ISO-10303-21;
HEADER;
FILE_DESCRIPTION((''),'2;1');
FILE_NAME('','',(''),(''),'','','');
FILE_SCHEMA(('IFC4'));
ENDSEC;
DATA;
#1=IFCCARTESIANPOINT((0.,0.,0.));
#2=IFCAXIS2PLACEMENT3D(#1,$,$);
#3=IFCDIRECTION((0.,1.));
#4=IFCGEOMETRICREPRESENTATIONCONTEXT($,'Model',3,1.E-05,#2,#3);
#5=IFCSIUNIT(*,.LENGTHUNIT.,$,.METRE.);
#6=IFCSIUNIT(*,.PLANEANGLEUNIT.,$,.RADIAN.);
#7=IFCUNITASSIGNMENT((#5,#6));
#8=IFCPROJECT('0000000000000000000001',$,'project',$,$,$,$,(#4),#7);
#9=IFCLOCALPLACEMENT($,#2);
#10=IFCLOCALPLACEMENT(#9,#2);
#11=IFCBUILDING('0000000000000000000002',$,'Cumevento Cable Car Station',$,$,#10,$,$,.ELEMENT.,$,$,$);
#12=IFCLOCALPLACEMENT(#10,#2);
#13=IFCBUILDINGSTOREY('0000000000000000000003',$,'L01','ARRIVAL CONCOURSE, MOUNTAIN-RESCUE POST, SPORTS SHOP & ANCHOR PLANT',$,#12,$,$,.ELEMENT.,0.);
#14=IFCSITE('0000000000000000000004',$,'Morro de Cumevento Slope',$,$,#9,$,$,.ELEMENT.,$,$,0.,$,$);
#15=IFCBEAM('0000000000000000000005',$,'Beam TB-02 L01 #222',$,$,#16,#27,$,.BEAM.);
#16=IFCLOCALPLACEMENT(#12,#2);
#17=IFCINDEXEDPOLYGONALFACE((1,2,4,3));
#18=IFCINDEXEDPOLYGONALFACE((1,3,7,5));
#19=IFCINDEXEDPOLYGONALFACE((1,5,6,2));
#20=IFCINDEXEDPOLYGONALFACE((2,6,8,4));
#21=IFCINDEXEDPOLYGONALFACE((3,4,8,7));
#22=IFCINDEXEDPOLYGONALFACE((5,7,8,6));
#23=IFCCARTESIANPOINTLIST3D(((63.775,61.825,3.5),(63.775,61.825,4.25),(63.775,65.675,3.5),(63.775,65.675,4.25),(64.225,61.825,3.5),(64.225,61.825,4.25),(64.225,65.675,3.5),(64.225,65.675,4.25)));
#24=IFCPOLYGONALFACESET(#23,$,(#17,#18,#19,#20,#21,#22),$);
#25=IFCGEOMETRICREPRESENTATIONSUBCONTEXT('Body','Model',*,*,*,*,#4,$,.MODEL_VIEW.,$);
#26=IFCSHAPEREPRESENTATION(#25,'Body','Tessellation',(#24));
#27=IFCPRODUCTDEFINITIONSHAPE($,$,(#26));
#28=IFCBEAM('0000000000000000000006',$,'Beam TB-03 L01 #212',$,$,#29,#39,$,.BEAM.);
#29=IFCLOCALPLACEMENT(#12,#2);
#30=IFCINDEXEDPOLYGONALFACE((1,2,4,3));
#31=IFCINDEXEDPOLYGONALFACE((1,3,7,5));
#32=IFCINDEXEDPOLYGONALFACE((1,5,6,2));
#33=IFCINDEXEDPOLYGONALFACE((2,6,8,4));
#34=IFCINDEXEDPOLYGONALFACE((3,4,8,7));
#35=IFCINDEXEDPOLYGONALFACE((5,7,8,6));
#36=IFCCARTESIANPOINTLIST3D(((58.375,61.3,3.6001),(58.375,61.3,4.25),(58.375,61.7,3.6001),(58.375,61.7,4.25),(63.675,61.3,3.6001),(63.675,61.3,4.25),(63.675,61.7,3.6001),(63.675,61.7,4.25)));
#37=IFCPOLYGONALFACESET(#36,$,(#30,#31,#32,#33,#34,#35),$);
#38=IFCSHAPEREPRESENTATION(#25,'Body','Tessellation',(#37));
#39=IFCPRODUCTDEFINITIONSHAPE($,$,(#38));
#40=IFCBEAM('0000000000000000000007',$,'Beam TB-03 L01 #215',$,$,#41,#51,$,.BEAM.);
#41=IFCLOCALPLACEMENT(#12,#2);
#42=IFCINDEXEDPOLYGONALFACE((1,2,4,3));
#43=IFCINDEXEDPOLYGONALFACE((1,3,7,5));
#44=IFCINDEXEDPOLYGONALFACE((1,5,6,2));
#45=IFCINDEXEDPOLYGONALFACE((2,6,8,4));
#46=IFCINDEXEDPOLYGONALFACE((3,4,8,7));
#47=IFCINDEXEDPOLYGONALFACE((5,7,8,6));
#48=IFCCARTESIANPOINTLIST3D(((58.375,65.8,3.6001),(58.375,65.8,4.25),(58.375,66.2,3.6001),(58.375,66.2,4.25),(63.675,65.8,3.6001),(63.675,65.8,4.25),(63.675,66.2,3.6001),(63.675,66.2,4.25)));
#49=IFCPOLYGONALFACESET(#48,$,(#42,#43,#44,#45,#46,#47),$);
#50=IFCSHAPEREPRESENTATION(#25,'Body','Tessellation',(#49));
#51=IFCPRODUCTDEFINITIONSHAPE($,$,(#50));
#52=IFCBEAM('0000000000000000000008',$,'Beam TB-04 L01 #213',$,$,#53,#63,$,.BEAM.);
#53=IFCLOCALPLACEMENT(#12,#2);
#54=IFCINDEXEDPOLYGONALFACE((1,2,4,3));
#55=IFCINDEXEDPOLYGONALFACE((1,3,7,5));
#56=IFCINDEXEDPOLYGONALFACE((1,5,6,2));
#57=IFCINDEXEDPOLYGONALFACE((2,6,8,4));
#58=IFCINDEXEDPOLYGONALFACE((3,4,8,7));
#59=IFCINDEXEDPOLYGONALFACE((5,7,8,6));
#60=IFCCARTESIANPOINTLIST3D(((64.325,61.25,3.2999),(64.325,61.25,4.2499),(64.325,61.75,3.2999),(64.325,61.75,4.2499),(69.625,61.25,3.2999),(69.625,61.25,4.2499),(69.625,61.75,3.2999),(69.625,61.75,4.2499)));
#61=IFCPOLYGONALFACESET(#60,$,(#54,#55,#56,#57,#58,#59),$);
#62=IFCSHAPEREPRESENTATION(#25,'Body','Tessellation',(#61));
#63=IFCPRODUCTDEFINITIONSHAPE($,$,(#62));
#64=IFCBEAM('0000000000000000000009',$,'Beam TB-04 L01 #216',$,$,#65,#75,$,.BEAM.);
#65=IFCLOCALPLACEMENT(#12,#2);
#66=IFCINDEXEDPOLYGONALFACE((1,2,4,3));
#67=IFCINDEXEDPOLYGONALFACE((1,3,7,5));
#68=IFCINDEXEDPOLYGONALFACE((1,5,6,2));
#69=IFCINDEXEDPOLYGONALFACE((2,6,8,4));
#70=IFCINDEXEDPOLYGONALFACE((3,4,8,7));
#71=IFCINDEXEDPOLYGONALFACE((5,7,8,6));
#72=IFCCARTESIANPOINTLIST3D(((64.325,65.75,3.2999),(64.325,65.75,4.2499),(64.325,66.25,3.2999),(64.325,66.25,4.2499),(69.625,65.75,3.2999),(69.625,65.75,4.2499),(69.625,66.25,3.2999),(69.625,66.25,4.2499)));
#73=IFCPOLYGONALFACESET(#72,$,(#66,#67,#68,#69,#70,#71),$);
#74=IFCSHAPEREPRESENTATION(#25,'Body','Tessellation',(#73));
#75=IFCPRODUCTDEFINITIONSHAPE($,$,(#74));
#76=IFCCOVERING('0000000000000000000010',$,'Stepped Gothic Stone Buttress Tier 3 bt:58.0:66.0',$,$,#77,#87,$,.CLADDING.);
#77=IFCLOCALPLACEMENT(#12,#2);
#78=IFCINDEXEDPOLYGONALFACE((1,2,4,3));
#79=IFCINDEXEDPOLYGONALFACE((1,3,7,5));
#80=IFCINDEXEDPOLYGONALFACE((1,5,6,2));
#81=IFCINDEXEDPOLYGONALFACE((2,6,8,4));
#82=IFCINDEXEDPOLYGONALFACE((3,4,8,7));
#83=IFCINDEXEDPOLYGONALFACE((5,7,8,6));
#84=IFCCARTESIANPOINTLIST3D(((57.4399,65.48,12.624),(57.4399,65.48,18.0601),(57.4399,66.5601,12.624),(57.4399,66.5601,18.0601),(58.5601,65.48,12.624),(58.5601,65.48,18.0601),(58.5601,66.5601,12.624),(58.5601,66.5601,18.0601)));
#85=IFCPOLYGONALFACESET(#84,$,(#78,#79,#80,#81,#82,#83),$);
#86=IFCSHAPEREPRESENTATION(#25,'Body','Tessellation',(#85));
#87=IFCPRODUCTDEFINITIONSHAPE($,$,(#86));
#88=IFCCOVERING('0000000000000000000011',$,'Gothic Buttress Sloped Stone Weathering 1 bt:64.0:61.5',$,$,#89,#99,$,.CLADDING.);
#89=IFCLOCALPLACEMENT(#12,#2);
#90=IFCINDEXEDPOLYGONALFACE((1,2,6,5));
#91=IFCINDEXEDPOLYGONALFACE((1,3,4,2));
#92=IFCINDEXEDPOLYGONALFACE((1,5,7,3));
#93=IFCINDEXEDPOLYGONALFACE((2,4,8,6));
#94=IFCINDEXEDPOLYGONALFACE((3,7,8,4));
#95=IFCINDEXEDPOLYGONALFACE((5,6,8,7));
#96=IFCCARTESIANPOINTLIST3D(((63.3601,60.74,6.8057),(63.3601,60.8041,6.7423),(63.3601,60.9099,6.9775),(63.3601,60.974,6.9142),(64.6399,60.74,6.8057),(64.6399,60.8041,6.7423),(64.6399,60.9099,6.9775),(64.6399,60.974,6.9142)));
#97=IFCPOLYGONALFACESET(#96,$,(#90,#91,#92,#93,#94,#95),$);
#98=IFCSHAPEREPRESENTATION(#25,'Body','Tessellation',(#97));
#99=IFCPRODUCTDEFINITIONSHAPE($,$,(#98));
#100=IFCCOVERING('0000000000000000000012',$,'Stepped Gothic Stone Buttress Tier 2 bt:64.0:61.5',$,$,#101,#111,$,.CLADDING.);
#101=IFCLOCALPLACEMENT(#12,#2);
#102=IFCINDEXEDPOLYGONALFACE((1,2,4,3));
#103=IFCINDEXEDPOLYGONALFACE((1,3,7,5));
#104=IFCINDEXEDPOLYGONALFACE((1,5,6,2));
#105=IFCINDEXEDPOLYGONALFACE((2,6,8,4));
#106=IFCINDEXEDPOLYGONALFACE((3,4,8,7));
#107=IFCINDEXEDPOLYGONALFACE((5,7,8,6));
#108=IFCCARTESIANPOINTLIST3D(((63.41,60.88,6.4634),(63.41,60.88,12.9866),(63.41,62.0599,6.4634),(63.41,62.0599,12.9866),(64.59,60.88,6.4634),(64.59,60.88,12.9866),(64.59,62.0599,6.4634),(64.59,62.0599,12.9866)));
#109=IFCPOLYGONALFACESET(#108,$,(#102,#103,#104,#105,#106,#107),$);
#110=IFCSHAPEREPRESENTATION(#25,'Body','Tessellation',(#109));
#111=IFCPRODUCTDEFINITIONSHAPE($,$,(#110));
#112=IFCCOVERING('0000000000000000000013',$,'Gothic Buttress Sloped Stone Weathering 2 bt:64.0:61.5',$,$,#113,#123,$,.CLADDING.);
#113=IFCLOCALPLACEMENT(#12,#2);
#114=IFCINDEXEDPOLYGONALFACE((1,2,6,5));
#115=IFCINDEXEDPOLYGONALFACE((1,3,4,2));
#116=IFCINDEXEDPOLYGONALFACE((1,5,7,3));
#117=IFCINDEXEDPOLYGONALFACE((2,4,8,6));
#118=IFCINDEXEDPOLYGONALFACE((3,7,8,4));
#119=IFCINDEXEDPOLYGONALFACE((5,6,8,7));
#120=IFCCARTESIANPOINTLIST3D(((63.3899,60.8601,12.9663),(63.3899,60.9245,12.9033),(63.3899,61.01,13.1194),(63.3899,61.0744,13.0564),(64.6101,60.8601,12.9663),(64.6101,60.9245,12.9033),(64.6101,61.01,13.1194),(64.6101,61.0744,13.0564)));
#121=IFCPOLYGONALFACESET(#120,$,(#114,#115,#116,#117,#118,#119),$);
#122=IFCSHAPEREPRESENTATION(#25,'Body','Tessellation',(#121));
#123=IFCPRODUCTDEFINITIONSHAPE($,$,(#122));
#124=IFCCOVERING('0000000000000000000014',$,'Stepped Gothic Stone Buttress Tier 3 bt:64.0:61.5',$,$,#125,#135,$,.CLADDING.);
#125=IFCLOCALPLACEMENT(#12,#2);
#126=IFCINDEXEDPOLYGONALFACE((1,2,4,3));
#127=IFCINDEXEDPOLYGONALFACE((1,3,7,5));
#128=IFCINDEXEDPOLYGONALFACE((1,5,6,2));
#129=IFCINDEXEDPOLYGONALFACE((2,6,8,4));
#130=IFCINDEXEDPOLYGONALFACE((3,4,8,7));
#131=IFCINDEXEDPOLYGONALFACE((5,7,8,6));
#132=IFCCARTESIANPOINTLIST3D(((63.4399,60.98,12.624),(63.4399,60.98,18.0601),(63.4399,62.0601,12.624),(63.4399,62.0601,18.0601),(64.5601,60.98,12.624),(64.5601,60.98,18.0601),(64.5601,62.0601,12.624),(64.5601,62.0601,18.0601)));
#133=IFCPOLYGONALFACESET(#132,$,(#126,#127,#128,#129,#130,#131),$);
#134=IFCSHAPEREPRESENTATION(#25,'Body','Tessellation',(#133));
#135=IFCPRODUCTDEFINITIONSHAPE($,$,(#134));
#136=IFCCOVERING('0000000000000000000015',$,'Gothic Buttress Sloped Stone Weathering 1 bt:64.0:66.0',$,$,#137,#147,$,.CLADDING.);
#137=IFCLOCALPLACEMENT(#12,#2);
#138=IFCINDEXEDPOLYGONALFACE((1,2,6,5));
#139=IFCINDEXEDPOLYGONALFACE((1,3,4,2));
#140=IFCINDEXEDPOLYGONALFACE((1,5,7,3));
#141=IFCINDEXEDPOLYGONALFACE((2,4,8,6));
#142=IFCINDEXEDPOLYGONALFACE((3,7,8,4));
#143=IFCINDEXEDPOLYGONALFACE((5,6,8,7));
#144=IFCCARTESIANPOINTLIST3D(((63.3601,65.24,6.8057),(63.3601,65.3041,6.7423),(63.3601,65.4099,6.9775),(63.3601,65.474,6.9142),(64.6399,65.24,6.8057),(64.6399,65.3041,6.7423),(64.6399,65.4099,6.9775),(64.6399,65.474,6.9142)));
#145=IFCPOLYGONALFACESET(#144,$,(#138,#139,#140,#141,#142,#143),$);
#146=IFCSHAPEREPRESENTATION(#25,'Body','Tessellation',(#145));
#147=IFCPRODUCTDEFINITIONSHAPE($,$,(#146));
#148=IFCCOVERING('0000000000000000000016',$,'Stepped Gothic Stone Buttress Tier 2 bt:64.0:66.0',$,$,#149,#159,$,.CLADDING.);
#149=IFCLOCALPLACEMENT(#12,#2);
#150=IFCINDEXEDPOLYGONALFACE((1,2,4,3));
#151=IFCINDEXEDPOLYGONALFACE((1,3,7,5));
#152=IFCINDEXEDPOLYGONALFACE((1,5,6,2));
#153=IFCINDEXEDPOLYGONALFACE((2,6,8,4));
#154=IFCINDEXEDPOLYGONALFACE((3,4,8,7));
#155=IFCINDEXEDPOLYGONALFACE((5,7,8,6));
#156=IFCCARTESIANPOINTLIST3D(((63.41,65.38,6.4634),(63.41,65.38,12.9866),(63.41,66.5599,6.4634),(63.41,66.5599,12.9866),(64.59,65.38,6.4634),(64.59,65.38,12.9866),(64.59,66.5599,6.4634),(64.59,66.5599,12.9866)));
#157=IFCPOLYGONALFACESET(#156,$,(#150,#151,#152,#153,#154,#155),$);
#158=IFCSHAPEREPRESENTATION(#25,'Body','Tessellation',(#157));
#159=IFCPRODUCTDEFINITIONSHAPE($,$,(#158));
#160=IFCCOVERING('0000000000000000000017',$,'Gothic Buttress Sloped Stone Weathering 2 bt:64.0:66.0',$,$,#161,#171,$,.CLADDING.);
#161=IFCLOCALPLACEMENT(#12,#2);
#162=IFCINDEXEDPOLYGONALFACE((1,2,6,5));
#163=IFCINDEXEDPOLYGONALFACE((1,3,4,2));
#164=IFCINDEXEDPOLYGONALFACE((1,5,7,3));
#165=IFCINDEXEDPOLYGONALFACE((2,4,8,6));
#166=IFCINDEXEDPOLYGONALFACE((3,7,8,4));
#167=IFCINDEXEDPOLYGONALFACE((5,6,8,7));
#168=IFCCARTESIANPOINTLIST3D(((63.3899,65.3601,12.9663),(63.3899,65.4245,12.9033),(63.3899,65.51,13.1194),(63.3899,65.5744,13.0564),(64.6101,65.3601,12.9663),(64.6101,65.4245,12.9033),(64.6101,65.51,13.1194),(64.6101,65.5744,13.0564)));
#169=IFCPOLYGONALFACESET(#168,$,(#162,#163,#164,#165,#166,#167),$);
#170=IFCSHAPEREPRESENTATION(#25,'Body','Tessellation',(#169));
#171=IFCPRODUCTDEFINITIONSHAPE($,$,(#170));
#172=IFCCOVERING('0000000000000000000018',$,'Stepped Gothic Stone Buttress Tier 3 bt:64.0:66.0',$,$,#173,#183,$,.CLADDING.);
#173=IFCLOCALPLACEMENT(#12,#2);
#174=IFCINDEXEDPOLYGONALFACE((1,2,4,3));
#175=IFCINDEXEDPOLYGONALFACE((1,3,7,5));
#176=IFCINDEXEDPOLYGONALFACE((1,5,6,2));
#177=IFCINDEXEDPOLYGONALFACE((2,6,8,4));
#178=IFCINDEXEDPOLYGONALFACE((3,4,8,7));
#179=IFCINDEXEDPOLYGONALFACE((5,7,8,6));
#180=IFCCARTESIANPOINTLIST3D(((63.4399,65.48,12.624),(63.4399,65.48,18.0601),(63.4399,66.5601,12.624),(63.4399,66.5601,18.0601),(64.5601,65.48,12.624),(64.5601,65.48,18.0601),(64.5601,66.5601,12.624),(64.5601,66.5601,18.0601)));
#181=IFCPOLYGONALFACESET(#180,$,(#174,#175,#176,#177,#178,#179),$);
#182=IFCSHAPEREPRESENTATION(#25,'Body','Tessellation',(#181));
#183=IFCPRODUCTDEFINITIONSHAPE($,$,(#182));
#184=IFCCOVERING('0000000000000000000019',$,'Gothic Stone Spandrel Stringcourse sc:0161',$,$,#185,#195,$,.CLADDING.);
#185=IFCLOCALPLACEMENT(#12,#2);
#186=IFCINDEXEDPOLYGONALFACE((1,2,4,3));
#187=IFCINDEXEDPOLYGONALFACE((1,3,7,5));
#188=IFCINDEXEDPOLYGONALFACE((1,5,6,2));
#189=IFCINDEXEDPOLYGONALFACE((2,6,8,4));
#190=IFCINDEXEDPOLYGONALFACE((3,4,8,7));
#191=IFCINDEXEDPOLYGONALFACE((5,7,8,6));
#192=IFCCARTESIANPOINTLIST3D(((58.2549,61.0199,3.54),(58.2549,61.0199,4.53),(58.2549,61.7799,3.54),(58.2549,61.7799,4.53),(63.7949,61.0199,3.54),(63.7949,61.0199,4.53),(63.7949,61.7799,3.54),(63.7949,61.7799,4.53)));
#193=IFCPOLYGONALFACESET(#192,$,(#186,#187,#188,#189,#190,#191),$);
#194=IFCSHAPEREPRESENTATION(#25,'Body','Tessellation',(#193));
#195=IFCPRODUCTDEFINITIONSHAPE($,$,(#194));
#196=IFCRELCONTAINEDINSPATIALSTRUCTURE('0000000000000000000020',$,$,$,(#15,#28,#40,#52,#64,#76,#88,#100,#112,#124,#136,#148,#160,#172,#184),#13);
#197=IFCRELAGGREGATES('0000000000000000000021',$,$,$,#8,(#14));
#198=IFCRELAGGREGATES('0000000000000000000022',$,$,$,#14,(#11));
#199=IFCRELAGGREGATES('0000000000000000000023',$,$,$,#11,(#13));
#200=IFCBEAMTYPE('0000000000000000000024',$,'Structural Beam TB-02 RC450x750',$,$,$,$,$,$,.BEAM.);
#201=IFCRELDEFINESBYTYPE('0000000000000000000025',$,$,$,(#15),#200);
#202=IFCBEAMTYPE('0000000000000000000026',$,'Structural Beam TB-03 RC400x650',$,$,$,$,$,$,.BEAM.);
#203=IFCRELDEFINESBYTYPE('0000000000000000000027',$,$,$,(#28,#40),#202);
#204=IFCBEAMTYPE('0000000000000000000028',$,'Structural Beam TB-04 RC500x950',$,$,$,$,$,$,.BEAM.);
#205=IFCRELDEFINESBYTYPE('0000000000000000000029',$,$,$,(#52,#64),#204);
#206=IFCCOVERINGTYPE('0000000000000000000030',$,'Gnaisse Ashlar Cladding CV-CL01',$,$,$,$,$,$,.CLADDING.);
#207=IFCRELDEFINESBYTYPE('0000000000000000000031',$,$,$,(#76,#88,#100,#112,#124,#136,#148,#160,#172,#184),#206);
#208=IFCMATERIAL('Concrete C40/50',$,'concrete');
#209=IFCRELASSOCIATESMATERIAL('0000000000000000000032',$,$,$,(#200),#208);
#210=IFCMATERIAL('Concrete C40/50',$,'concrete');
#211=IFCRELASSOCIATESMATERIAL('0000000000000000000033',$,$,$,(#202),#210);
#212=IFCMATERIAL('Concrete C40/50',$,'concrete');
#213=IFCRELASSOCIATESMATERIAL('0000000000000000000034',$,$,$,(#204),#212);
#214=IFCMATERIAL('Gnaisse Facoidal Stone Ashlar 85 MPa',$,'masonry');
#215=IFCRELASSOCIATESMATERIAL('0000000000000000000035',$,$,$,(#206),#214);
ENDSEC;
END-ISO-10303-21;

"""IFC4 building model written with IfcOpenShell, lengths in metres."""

from ifc_helpers import new_model, si_unit, direction, frame, origin, origin_2d, place, context, subcontext, project, spatial, polyline, rectangle, outline, extrude, material, material_profile, profile_set, type_object, element, save


model = new_model("IFC4")

# Units and contexts
model_context = context("Model", 3, precision=1e-05, world=origin(), true_north=direction((0.0, 1.0)))
body_context = subcontext(model_context, "Body", "Model", "MODEL_VIEW")
ifc_project = project(units=[si_unit("LENGTHUNIT", "METRE"), si_unit("PLANEANGLEUNIT", "RADIAN")], contexts=[model_context])

# Site, building, storey
site_placement = place(None, origin())
site = spatial("IfcSite", under=ifc_project, at=site_placement, Name="Morro de Cumevento Slope", CompositionType="ELEMENT", RefElevation=0.0)
building_placement = place(site_placement, origin())
building = spatial("IfcBuilding", under=site, at=building_placement, Name="Cumevento Cable Car Station", CompositionType="ELEMENT")
storey_placement = place(building_placement, origin())
storey = spatial("IfcBuildingStorey", under=building, at=storey_placement, Name="L01", Description="ARRIVAL CONCOURSE, MOUNTAIN-RESCUE POST, SPORTS SHOP & ANCHOR PLANT", CompositionType="ELEMENT", Elevation=0.0)

# Beams
ifc_material_1 = material(Name="Concrete C40/50", Category="concrete")
ifc_material_profile_1 = material_profile(ifc_material_1, rectangle(XDim=0.45, YDim=0.75, at=origin_2d()), Name="RC450x750")
ifc_profile_set_1 = profile_set([ifc_material_profile_1], Name="Concrete C40/50")
beam_type_1 = type_object("IfcBeamType", Name="Structural Beam TB-02 RC450x750", PredefinedType="BEAM", material=ifc_profile_set_1)
beam_placement = place(storey_placement, frame((64.0, 61.825, 3.875), z_axis=(0.0, 1.0, 0.0), x_axis=(-1.0, 0.0, 0.0)))
element("IfcBeam", 1, at=beam_placement, inside=storey, type_object=beam_type_1, Name="Beam TB-02 L01 #222", PredefinedType="BEAM", context=body_context, shape_type="SweptSolid", body=[
    extrude(rectangle(XDim=0.45, YDim=0.75, at=origin_2d()), origin(), (0.0, 0.0, 1.0), 3.8501),
])
ifc_material_2 = material(Name="Concrete C40/50", Category="concrete")
ifc_material_profile_2 = material_profile(ifc_material_2, rectangle(XDim=0.3999, YDim=0.6499, at=origin_2d()), Name="RC400x650")
ifc_profile_set_2 = profile_set([ifc_material_profile_2], Name="Concrete C40/50")
beam_type_2 = type_object("IfcBeamType", Name="Structural Beam TB-03 RC400x650", PredefinedType="BEAM", material=ifc_profile_set_2)
for number, where, z_axis, x_axis, name in (
    (2, (58.375, 61.5, 3.925), (1.0, 0.0, 0.0), (0.0, 1.0, 0.0), "Beam TB-03 L01 #212"),
    (3, (58.375, 66.0, 3.925), (1.0, 0.0, 0.0), (0.0, 1.0, 0.0), "Beam TB-03 L01 #215"),
):
    element("IfcBeam", number, at=place(storey_placement, frame(where, z_axis=z_axis, x_axis=x_axis)), inside=storey, type_object=beam_type_2, Name=name, PredefinedType="BEAM", context=body_context, shape_type="SweptSolid", body=[
        extrude(rectangle(XDim=0.3999, YDim=0.6499, at=origin_2d()), origin(), (0.0, 0.0, 1.0), 5.3),
    ])
ifc_material_3 = material(Name="Concrete C40/50", Category="concrete")
ifc_material_profile_3 = material_profile(ifc_material_3, rectangle(XDim=0.5, YDim=0.95, at=origin_2d()), Name="RC500x950")
ifc_profile_set_3 = profile_set([ifc_material_profile_3], Name="Concrete C40/50")
beam_type_3 = type_object("IfcBeamType", Name="Structural Beam TB-04 RC500x950", PredefinedType="BEAM", material=ifc_profile_set_3)
for number, where, z_axis, x_axis, name in (
    (4, (64.325, 61.5, 3.7749), (1.0, 0.0, 0.0), (0.0, 1.0, 0.0), "Beam TB-04 L01 #213"),
    (5, (64.325, 66.0, 3.7749), (1.0, 0.0, 0.0), (0.0, 1.0, 0.0), "Beam TB-04 L01 #216"),
):
    element("IfcBeam", number, at=place(storey_placement, frame(where, z_axis=z_axis, x_axis=x_axis)), inside=storey, type_object=beam_type_3, Name=name, PredefinedType="BEAM", context=body_context, shape_type="SweptSolid", body=[
        extrude(rectangle(XDim=0.5, YDim=0.95, at=origin_2d()), origin(), (0.0, 0.0, 1.0), 5.3),
    ])

# Coverings
ifc_material_4 = material(Name="Gnaisse Facoidal Stone Ashlar 85 MPa", Category="masonry")
covering_type = type_object("IfcCoveringType", Name="Gnaisse Ashlar Cladding CV-CL01", PredefinedType="CLADDING", material=ifc_material_4)
covering_1_placement = place(storey_placement, frame((58.0, 66.02, 12.624), z_axis=(0.0, 0.0, 1.0), x_axis=(1.0, 0.0, 0.0)))
element("IfcCovering", 6, at=covering_1_placement, inside=storey, type_object=covering_type, Name="Stepped Gothic Stone Buttress Tier 3 bt:58.0:66.0", PredefinedType="CLADDING", context=body_context, shape_type="SweptSolid", body=[
    extrude(rectangle(XDim=1.1201, YDim=1.0801, at=origin_2d()), origin(), (0.0, 0.0, 1.0), 5.436),
])
covering_2_placement = place(storey_placement, frame((63.3601, 60.74, 6.8057), z_axis=(0.0, -0.711136, 0.703055), x_axis=(1.0, 0.0, 0.0)))
element("IfcCovering", 7, at=covering_2_placement, inside=storey, type_object=covering_type, Name="Gothic Buttress Sloped Stone Weathering 1 bt:64.0:61.5", PredefinedType="CLADDING", context=body_context, shape_type="SweptSolid", body=[
    extrude(outline(polyline([(0.0, 0.0), (1.2798, 0.0), (1.2798, 0.2417), (0.0, 0.2417), (0.0, 0.0)])), origin(), (0.0, 0.0, -1.0), 0.0901),
])
covering_3_placement = place(storey_placement, frame((64.0, 61.47, 6.4634), z_axis=(0.0, 0.0, 1.0), x_axis=(1.0, 0.0, 0.0)))
element("IfcCovering", 8, at=covering_3_placement, inside=storey, type_object=covering_type, Name="Stepped Gothic Stone Buttress Tier 2 bt:64.0:61.5", PredefinedType="CLADDING", context=body_context, shape_type="SweptSolid", body=[
    extrude(rectangle(XDim=1.1799, YDim=1.1799, at=origin_2d()), origin(), (0.0, 0.0, 1.0), 6.5232),
])
covering_4_placement = place(storey_placement, frame((63.3899, 60.8601, 12.9663), z_axis=(0.0, -0.714475, 0.699661), x_axis=(1.0, 0.0, 0.0)))
element("IfcCovering", 9, at=covering_4_placement, inside=storey, type_object=covering_type, Name="Gothic Buttress Sloped Stone Weathering 2 bt:64.0:61.5", PredefinedType="CLADDING", context=body_context, shape_type="SweptSolid", body=[
    extrude(outline(polyline([(0.0, 0.0), (1.2202, 0.0), (1.2202, 0.2142), (0.0, 0.2142), (0.0, 0.0)])), origin(), (0.0, 0.0, -1.0), 0.0901),
])
covering_5_placement = place(storey_placement, frame((64.0, 61.52, 12.624), z_axis=(0.0, 0.0, 1.0), x_axis=(1.0, 0.0, 0.0)))
element("IfcCovering", 10, at=covering_5_placement, inside=storey, type_object=covering_type, Name="Stepped Gothic Stone Buttress Tier 3 bt:64.0:61.5", PredefinedType="CLADDING", context=body_context, shape_type="SweptSolid", body=[
    extrude(rectangle(XDim=1.1201, YDim=1.0801, at=origin_2d()), origin(), (0.0, 0.0, 1.0), 5.436),
])
covering_6_placement = place(storey_placement, frame((63.3601, 65.24, 6.8057), z_axis=(0.0, -0.711136, 0.703055), x_axis=(1.0, 0.0, 0.0)))
element("IfcCovering", 11, at=covering_6_placement, inside=storey, type_object=covering_type, Name="Gothic Buttress Sloped Stone Weathering 1 bt:64.0:66.0", PredefinedType="CLADDING", context=body_context, shape_type="SweptSolid", body=[
    extrude(outline(polyline([(0.0, 0.0), (1.2798, 0.0), (1.2798, 0.2417), (0.0, 0.2417), (0.0, 0.0)])), origin(), (0.0, 0.0, -1.0), 0.0901),
])
covering_7_placement = place(storey_placement, frame((64.0, 65.97, 6.4634), z_axis=(0.0, 0.0, 1.0), x_axis=(1.0, 0.0, 0.0)))
element("IfcCovering", 12, at=covering_7_placement, inside=storey, type_object=covering_type, Name="Stepped Gothic Stone Buttress Tier 2 bt:64.0:66.0", PredefinedType="CLADDING", context=body_context, shape_type="SweptSolid", body=[
    extrude(rectangle(XDim=1.1799, YDim=1.1799, at=origin_2d()), origin(), (0.0, 0.0, 1.0), 6.5232),
])
covering_8_placement = place(storey_placement, frame((63.3899, 65.3601, 12.9663), z_axis=(0.0, -0.714475, 0.699661), x_axis=(1.0, 0.0, 0.0)))
element("IfcCovering", 13, at=covering_8_placement, inside=storey, type_object=covering_type, Name="Gothic Buttress Sloped Stone Weathering 2 bt:64.0:66.0", PredefinedType="CLADDING", context=body_context, shape_type="SweptSolid", body=[
    extrude(outline(polyline([(0.0, 0.0), (1.2202, 0.0), (1.2202, 0.2142), (0.0, 0.2142), (0.0, 0.0)])), origin(), (0.0, 0.0, -1.0), 0.0901),
])
covering_9_placement = place(storey_placement, frame((64.0, 66.02, 12.624), z_axis=(0.0, 0.0, 1.0), x_axis=(1.0, 0.0, 0.0)))
element("IfcCovering", 14, at=covering_9_placement, inside=storey, type_object=covering_type, Name="Stepped Gothic Stone Buttress Tier 3 bt:64.0:66.0", PredefinedType="CLADDING", context=body_context, shape_type="SweptSolid", body=[
    extrude(rectangle(XDim=1.1201, YDim=1.0801, at=origin_2d()), origin(), (0.0, 0.0, 1.0), 5.436),
])
covering_10_placement = place(storey_placement, frame((61.0249, 61.3999, 3.54), z_axis=(0.0, 0.0, 1.0), x_axis=(1.0, 0.0, 0.0)))
element("IfcCovering", 15, at=covering_10_placement, inside=storey, type_object=covering_type, Name="Gothic Stone Spandrel Stringcourse sc:0161", PredefinedType="CLADDING", context=body_context, shape_type="SweptSolid", body=[
    extrude(rectangle(XDim=5.54, YDim=0.76, at=origin_2d()), origin(), (0.0, 0.0, 1.0), 0.99),
])

save(model, "model.ifc")
